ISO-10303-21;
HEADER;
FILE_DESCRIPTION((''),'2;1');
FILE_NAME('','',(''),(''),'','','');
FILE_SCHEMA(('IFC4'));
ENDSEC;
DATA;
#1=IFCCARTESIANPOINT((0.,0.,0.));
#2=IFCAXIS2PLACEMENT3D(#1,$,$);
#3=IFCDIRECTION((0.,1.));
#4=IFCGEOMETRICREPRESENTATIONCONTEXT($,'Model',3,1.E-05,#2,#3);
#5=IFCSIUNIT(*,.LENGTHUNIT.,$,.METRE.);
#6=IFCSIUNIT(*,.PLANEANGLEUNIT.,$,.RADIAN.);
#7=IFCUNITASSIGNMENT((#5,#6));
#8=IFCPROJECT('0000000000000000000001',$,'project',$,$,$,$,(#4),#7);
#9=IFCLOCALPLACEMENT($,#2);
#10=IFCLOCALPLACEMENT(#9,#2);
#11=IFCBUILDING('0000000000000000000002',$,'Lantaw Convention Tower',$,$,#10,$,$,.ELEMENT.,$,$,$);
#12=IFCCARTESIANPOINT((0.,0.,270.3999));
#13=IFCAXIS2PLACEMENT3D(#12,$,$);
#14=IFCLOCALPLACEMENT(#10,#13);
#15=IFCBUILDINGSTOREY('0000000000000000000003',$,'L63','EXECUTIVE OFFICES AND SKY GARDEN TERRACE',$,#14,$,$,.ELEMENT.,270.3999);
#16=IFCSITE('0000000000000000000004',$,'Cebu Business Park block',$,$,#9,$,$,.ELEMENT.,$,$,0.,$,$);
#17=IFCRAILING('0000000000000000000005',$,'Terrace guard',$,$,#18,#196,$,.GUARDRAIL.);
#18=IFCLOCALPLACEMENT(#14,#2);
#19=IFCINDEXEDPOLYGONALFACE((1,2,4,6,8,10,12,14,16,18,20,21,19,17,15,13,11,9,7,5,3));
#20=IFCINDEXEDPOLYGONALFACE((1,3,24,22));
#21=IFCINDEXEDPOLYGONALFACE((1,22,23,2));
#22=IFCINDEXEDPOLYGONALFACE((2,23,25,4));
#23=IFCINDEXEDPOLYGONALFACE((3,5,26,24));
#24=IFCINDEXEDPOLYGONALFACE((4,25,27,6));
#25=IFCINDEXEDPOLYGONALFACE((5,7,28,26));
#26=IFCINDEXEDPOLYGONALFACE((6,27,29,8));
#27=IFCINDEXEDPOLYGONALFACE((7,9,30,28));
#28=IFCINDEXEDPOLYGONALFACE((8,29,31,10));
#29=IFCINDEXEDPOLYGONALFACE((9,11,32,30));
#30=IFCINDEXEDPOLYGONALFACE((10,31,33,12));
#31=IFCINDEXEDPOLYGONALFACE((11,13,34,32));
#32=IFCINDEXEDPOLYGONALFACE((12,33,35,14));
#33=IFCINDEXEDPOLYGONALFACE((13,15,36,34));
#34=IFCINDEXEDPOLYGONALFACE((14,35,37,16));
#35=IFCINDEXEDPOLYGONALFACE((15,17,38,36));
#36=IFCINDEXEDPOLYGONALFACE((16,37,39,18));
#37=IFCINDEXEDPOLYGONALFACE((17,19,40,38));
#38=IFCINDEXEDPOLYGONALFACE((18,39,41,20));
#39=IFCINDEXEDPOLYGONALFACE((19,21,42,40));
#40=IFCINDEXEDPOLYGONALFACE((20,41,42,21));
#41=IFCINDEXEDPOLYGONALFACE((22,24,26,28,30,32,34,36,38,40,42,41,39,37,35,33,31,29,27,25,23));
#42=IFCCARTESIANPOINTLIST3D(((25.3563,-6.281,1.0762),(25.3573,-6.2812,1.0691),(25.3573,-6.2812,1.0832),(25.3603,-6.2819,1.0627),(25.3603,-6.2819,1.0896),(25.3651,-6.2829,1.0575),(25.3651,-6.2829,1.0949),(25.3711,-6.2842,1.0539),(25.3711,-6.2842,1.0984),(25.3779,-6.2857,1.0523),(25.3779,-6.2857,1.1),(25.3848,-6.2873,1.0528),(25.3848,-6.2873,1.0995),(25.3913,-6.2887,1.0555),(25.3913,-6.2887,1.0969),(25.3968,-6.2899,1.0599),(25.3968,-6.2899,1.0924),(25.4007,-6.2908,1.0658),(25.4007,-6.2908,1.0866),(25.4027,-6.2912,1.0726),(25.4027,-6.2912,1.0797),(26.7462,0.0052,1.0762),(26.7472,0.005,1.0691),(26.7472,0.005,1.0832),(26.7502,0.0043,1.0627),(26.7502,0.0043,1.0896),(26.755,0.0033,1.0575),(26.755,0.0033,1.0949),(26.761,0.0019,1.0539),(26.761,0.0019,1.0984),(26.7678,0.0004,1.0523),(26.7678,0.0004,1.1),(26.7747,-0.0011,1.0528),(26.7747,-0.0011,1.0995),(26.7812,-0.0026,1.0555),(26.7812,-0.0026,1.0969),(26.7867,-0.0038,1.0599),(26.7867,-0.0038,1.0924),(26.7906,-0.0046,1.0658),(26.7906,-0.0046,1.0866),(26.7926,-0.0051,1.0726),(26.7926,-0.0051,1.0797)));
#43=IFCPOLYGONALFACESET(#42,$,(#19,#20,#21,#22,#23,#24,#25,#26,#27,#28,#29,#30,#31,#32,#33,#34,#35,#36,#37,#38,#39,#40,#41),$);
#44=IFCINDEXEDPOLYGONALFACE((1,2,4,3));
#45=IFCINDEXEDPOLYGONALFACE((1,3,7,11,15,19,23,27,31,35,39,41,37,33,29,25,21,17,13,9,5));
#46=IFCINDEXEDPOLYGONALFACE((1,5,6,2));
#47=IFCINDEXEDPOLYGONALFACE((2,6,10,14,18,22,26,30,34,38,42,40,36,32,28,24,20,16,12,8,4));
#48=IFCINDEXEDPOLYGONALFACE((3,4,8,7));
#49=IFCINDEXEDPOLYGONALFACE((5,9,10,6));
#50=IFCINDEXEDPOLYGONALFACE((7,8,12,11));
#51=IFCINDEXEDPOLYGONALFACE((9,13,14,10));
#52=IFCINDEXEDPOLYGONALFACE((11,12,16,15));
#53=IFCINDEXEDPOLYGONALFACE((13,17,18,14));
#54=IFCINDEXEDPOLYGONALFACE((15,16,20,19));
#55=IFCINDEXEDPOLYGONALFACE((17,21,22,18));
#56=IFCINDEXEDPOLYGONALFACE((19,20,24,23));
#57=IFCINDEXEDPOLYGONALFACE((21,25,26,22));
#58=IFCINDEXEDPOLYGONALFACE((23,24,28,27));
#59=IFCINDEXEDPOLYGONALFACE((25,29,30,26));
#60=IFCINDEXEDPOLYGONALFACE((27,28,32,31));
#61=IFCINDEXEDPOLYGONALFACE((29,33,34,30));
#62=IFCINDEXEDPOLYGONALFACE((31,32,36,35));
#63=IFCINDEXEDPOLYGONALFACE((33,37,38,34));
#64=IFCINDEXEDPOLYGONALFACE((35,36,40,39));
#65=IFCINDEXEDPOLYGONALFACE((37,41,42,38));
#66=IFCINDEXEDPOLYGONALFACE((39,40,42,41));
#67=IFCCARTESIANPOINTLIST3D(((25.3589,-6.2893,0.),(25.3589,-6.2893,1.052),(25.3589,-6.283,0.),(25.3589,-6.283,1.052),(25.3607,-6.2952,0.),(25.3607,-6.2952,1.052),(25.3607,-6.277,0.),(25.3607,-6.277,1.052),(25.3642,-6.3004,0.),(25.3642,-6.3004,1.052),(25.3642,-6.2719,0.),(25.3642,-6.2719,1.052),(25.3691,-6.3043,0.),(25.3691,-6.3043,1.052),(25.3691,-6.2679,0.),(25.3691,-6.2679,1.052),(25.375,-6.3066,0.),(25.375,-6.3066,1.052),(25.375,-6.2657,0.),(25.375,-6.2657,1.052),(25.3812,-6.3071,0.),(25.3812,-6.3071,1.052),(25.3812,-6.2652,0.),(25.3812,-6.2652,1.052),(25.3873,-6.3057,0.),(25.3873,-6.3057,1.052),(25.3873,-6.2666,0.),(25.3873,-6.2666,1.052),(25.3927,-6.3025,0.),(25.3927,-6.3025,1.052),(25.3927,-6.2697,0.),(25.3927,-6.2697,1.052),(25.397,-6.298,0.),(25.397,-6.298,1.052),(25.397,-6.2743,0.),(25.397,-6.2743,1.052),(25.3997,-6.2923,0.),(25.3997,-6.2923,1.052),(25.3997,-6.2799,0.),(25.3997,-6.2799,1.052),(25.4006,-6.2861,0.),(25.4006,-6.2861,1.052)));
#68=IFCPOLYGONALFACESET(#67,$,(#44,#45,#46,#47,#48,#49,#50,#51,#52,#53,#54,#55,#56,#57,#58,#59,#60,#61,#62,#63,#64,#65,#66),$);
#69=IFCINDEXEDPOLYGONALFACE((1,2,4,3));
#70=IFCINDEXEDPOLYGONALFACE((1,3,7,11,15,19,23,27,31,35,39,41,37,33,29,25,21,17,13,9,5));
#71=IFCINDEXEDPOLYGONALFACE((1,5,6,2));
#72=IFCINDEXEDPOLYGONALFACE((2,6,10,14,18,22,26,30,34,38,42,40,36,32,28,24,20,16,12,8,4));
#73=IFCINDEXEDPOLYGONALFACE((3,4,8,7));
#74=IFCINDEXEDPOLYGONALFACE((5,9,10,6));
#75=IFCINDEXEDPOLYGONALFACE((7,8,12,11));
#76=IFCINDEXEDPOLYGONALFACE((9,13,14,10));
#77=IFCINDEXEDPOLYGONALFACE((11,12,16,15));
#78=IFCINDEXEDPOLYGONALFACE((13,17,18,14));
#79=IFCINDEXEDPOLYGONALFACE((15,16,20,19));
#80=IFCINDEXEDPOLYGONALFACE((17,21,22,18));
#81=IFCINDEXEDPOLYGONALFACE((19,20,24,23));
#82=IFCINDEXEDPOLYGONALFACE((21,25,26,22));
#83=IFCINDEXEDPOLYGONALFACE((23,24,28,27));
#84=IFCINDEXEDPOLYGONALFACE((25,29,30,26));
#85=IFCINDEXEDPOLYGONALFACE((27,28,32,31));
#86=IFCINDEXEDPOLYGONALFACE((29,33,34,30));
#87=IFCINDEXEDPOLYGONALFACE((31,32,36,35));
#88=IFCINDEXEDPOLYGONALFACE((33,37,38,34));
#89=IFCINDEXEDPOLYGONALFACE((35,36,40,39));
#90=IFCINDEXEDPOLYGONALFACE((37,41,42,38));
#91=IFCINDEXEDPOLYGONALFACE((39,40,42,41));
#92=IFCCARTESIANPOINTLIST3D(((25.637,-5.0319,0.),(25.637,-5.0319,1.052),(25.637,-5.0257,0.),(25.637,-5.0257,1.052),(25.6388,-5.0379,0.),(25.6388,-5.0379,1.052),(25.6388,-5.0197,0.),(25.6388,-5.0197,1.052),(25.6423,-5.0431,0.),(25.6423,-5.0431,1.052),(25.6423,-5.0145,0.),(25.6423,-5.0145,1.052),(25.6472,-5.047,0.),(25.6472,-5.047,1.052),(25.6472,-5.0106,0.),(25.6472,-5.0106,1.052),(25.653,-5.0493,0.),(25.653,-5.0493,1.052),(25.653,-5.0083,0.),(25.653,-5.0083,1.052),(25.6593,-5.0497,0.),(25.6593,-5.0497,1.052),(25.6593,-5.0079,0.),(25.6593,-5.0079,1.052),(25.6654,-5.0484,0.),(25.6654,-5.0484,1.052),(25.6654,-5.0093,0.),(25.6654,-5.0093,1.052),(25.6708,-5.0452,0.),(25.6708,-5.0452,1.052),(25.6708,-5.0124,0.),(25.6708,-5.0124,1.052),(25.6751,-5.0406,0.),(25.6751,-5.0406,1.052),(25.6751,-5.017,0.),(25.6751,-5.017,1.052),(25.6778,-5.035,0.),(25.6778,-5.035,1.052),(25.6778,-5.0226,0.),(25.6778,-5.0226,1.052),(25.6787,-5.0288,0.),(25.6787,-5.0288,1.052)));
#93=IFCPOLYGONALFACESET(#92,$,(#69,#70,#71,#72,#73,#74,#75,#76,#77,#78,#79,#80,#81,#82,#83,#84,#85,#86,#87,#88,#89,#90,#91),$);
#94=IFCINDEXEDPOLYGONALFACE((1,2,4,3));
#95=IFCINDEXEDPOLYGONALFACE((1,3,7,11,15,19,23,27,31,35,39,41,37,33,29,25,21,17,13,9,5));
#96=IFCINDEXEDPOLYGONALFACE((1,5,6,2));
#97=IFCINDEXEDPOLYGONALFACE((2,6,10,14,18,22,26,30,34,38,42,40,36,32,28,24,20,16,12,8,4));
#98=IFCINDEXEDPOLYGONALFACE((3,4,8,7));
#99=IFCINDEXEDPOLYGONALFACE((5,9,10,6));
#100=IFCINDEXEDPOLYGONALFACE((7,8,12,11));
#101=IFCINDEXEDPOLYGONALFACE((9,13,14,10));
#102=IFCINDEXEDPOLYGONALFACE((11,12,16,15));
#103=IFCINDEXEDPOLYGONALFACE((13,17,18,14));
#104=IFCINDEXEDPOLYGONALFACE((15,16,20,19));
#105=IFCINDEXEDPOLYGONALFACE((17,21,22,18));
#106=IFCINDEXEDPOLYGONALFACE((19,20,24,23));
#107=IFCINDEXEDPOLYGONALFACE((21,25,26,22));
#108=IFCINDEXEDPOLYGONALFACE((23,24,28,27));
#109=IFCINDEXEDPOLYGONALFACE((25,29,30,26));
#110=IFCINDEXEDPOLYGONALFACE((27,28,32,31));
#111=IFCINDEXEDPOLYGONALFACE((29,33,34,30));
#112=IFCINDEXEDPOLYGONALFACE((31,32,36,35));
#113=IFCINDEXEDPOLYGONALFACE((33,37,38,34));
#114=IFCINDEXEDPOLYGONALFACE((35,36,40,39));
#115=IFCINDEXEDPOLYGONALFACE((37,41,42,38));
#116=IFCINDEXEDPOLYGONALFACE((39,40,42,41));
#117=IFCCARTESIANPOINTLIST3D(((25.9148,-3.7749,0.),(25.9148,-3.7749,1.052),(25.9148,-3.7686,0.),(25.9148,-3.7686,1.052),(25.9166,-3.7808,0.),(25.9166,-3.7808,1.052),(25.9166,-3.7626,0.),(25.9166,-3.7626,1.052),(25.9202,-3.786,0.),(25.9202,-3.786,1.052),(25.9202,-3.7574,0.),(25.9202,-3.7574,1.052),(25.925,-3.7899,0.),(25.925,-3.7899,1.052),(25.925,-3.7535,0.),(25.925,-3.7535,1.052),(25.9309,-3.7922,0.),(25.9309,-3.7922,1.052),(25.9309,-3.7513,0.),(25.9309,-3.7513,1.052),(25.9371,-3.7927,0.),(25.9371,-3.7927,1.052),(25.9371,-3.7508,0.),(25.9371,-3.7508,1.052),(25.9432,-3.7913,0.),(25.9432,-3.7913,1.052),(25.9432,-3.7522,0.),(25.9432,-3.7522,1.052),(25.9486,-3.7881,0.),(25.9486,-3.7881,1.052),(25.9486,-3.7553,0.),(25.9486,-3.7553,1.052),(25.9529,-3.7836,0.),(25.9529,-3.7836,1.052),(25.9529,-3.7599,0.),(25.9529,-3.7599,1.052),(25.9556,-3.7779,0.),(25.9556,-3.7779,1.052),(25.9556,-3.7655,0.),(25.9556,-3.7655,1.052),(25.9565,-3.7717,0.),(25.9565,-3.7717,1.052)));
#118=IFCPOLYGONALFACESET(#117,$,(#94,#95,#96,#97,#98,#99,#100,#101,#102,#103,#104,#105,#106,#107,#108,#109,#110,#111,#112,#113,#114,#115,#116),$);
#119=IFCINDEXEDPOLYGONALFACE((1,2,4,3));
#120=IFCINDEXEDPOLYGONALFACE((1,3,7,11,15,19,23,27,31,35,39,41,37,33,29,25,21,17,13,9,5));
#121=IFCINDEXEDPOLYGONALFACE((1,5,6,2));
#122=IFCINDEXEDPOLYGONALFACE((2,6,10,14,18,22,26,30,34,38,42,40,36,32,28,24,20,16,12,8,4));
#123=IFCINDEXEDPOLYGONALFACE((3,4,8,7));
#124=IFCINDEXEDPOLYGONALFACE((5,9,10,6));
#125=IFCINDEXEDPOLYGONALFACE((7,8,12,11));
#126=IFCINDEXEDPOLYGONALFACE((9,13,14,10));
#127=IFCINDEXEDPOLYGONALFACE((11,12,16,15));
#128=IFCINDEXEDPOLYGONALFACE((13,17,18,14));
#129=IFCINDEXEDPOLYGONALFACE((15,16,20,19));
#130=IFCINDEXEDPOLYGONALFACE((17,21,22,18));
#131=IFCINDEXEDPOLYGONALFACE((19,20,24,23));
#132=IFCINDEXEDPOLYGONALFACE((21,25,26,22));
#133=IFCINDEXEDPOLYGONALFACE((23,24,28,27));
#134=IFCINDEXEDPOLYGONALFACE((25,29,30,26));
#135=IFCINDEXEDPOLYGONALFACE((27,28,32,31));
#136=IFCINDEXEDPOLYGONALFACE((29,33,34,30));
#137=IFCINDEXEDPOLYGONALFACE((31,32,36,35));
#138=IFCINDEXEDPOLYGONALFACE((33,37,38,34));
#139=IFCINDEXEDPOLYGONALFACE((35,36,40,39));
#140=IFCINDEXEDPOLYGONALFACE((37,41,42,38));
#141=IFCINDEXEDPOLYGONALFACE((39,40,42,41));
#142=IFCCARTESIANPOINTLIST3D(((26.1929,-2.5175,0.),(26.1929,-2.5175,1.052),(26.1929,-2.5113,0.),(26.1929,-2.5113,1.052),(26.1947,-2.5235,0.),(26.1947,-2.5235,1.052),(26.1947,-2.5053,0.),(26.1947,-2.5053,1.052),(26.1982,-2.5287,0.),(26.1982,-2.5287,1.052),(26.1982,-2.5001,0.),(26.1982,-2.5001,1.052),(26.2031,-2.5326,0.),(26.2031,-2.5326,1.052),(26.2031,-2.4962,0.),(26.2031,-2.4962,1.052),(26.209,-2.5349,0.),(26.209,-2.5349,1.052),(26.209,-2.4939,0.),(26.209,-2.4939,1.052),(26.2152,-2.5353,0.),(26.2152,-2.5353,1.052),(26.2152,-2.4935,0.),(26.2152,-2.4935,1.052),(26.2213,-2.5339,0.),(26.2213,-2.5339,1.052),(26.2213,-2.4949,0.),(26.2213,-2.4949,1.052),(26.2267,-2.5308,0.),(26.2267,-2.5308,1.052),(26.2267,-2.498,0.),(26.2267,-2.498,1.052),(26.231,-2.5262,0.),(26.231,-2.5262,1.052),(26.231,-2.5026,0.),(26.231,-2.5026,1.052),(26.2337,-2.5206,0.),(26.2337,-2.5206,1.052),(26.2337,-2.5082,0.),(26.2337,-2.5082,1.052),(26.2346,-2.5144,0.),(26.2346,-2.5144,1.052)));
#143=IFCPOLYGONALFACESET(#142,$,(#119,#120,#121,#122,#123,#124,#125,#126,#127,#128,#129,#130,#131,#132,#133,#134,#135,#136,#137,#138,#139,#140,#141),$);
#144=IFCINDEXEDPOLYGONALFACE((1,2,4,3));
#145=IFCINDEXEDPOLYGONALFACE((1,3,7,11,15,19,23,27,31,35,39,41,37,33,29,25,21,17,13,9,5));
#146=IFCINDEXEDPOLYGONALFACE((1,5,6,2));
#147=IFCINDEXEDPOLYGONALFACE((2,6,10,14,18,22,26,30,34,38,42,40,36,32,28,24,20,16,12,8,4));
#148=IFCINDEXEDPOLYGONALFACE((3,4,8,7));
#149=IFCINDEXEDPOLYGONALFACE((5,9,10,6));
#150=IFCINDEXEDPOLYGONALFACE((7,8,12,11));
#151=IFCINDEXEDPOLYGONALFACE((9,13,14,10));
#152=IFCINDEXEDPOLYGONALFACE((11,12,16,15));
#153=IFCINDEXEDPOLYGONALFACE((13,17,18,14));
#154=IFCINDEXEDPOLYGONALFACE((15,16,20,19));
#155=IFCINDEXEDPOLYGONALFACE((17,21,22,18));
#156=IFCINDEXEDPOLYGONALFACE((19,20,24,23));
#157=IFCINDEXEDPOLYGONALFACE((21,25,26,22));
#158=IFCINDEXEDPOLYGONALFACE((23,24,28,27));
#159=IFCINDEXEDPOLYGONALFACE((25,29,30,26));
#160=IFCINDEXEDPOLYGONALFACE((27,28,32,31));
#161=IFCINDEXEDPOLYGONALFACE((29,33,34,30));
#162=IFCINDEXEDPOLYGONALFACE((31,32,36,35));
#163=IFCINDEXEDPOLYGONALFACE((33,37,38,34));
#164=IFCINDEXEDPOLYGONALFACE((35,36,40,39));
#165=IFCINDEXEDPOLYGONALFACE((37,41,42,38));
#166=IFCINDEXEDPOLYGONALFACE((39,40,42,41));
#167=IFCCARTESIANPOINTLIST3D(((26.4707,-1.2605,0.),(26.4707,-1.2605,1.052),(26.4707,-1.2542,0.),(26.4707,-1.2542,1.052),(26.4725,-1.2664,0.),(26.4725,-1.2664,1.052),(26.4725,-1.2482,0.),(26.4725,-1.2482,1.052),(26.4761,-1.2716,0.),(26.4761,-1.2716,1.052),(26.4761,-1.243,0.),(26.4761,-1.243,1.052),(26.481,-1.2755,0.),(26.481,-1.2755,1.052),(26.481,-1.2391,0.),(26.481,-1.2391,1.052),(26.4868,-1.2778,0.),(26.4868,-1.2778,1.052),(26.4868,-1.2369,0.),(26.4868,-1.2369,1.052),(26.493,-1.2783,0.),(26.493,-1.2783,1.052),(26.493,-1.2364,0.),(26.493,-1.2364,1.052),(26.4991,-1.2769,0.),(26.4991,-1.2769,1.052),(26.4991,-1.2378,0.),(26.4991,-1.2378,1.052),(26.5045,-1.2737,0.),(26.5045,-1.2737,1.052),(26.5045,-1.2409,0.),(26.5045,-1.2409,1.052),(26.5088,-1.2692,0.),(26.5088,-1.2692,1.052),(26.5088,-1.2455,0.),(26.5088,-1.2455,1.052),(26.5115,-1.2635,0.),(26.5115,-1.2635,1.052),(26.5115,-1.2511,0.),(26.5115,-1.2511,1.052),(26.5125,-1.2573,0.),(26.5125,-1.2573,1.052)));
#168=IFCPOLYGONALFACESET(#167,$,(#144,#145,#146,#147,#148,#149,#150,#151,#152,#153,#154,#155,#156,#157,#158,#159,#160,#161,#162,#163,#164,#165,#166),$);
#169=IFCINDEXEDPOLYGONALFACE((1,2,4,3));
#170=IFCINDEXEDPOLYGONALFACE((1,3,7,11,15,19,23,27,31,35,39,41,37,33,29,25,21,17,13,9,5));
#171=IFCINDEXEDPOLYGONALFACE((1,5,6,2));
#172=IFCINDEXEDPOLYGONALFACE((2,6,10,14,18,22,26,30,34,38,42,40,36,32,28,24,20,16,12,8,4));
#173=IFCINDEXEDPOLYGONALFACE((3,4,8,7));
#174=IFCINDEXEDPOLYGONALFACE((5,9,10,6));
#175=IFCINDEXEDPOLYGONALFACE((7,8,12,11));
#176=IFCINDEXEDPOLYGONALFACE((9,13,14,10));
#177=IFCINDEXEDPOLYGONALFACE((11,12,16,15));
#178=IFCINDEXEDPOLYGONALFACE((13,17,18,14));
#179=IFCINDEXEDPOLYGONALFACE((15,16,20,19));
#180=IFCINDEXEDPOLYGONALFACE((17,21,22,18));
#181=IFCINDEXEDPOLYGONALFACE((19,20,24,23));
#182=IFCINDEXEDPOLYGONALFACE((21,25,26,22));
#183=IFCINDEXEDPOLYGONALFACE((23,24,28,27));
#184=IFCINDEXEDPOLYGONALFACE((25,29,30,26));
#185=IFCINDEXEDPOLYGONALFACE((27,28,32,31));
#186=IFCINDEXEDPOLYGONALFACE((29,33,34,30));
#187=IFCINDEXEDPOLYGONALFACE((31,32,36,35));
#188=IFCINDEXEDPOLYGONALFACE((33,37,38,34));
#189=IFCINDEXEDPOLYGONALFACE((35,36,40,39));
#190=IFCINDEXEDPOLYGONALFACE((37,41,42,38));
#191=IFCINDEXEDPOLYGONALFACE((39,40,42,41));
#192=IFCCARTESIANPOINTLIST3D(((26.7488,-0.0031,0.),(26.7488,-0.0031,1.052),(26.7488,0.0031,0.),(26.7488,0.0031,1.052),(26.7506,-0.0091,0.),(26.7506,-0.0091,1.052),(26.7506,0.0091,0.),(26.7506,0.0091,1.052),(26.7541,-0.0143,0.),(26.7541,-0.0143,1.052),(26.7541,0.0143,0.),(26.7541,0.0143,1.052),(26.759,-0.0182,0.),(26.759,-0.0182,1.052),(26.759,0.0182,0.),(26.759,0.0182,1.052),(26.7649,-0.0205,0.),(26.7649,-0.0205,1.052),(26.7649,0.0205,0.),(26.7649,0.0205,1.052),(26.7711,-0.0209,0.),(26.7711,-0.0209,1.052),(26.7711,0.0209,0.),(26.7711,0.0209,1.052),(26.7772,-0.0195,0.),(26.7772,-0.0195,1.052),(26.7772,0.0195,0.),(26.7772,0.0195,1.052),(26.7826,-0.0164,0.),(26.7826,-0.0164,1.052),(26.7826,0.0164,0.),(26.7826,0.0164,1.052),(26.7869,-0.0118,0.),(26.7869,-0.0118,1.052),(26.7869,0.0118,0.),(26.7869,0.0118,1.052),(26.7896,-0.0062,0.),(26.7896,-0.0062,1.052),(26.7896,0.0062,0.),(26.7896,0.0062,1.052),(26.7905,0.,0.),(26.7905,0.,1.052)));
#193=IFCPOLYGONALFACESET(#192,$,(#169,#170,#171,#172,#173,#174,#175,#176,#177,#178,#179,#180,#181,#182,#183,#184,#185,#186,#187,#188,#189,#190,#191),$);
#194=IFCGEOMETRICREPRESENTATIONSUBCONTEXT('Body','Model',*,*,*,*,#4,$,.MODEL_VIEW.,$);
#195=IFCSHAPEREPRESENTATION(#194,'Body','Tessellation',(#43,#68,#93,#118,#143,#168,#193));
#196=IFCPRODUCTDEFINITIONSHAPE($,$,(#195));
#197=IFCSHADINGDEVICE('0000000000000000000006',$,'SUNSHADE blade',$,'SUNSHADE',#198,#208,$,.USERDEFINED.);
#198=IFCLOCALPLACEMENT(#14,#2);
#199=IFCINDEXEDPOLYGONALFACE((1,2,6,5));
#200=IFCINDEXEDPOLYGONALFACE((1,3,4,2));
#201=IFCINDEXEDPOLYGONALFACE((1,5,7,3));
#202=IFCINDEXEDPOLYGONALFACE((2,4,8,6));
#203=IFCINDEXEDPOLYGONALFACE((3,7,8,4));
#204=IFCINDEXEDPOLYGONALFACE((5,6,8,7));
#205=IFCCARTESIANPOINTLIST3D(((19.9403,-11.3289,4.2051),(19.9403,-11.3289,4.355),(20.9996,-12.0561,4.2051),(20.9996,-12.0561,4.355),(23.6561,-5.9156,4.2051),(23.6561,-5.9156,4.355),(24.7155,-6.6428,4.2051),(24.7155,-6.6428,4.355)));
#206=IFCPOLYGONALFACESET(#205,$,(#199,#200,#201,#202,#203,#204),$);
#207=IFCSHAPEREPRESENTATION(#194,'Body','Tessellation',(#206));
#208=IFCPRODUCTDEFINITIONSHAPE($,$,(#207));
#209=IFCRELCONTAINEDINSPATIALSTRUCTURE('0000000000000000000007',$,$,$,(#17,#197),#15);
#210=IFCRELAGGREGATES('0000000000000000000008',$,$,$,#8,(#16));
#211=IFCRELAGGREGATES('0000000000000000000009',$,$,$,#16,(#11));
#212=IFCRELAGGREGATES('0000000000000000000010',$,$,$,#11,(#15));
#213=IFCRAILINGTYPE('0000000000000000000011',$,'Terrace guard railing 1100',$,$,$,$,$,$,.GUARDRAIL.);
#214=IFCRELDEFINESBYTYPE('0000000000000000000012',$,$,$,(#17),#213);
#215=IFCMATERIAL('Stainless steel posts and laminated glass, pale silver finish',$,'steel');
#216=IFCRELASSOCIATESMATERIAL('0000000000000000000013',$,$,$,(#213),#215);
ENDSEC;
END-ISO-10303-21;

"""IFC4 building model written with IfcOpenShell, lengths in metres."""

from ifc_helpers import new_model, si_unit, direction, frame, origin, origin_2d, place, context, subcontext, project, spatial, rectangle, circle, extrude, material, type_object, element, save


model = new_model("IFC4")

# Units and contexts
model_context = context("Model", 3, precision=1e-05, world=origin(), true_north=direction((0.0, 1.0)))
body_context = subcontext(model_context, "Body", "Model", "MODEL_VIEW")
ifc_project = project(units=[si_unit("LENGTHUNIT", "METRE"), si_unit("PLANEANGLEUNIT", "RADIAN")], contexts=[model_context])

# Site, building, storey
site_placement = place(None, origin())
site = spatial("IfcSite", under=ifc_project, at=site_placement, Name="Cebu Business Park block", CompositionType="ELEMENT", RefElevation=0.0)
building_placement = place(site_placement, origin())
building = spatial("IfcBuilding", under=site, at=building_placement, Name="Lantaw Convention Tower", CompositionType="ELEMENT")
storey_placement = place(building_placement, frame((0.0, 0.0, 270.3999)))
storey = spatial("IfcBuildingStorey", under=building, at=storey_placement, Name="L63", Description="EXECUTIVE OFFICES AND SKY GARDEN TERRACE", CompositionType="ELEMENT", Elevation=270.3999)

# Railing
ifc_material_1 = material(Name="Stainless steel posts and laminated glass, pale silver finish", Category="steel")
railing_type = type_object("IfcRailingType", Name="Terrace guard railing 1100", PredefinedType="GUARDRAIL", material=ifc_material_1)
railing_placement = place(storey_placement, frame((25.3796, -6.2861, 0.0)))
element("IfcRailing", 1, at=railing_placement, inside=storey, type_object=railing_type, Name="Terrace guard", PredefinedType="GUARDRAIL", context=body_context, shape_type="SweptSolid", body=[
    extrude(circle(Radius=0.0239, at=origin_2d()), frame((0.0, 0.0, 1.0762), z_axis=(0.21589, 0.976418, 0.0), x_axis=(-0.976418, 0.21589, 0.0)), (0.0, 0.0, 1.0), 6.438),
    extrude(circle(Radius=0.021, at=origin_2d()), origin(), (0.0, 0.0, 1.0), 1.052),
    extrude(circle(Radius=0.021, at=origin_2d()), frame((0.2781, 1.2573, 0.0)), (0.0, 0.0, 1.0), 1.052),
    extrude(circle(Radius=0.021, at=origin_2d()), frame((0.5559, 2.5144, 0.0)), (0.0, 0.0, 1.0), 1.052),
    extrude(circle(Radius=0.021, at=origin_2d()), frame((0.834, 3.7717, 0.0)), (0.0, 0.0, 1.0), 1.052),
    extrude(circle(Radius=0.021, at=origin_2d()), frame((1.1118, 5.0288, 0.0)), (0.0, 0.0, 1.0), 1.052),
    extrude(circle(Radius=0.021, at=origin_2d()), frame((1.3899, 6.2861, 0.0)), (0.0, 0.0, 1.0), 1.052),
])

# Shading device
shading_device_1_placement = place(storey_placement, frame((22.3279, -8.9858, 4.2051), z_axis=(0.0, 0.0, 1.0), x_axis=(0.565935, 0.82445, 0.0)))
element("IfcShadingDevice", 2, at=shading_device_1_placement, inside=storey, Name="SUNSHADE blade", ObjectType="SUNSHADE", PredefinedType="USERDEFINED", context=body_context, shape_type="SweptSolid", body=[
    extrude(rectangle(XDim=6.5659, YDim=1.2849, at=origin_2d()), origin(), (0.0, 0.0, 1.0), 0.1499),
])

save(model, "model.ifc")
